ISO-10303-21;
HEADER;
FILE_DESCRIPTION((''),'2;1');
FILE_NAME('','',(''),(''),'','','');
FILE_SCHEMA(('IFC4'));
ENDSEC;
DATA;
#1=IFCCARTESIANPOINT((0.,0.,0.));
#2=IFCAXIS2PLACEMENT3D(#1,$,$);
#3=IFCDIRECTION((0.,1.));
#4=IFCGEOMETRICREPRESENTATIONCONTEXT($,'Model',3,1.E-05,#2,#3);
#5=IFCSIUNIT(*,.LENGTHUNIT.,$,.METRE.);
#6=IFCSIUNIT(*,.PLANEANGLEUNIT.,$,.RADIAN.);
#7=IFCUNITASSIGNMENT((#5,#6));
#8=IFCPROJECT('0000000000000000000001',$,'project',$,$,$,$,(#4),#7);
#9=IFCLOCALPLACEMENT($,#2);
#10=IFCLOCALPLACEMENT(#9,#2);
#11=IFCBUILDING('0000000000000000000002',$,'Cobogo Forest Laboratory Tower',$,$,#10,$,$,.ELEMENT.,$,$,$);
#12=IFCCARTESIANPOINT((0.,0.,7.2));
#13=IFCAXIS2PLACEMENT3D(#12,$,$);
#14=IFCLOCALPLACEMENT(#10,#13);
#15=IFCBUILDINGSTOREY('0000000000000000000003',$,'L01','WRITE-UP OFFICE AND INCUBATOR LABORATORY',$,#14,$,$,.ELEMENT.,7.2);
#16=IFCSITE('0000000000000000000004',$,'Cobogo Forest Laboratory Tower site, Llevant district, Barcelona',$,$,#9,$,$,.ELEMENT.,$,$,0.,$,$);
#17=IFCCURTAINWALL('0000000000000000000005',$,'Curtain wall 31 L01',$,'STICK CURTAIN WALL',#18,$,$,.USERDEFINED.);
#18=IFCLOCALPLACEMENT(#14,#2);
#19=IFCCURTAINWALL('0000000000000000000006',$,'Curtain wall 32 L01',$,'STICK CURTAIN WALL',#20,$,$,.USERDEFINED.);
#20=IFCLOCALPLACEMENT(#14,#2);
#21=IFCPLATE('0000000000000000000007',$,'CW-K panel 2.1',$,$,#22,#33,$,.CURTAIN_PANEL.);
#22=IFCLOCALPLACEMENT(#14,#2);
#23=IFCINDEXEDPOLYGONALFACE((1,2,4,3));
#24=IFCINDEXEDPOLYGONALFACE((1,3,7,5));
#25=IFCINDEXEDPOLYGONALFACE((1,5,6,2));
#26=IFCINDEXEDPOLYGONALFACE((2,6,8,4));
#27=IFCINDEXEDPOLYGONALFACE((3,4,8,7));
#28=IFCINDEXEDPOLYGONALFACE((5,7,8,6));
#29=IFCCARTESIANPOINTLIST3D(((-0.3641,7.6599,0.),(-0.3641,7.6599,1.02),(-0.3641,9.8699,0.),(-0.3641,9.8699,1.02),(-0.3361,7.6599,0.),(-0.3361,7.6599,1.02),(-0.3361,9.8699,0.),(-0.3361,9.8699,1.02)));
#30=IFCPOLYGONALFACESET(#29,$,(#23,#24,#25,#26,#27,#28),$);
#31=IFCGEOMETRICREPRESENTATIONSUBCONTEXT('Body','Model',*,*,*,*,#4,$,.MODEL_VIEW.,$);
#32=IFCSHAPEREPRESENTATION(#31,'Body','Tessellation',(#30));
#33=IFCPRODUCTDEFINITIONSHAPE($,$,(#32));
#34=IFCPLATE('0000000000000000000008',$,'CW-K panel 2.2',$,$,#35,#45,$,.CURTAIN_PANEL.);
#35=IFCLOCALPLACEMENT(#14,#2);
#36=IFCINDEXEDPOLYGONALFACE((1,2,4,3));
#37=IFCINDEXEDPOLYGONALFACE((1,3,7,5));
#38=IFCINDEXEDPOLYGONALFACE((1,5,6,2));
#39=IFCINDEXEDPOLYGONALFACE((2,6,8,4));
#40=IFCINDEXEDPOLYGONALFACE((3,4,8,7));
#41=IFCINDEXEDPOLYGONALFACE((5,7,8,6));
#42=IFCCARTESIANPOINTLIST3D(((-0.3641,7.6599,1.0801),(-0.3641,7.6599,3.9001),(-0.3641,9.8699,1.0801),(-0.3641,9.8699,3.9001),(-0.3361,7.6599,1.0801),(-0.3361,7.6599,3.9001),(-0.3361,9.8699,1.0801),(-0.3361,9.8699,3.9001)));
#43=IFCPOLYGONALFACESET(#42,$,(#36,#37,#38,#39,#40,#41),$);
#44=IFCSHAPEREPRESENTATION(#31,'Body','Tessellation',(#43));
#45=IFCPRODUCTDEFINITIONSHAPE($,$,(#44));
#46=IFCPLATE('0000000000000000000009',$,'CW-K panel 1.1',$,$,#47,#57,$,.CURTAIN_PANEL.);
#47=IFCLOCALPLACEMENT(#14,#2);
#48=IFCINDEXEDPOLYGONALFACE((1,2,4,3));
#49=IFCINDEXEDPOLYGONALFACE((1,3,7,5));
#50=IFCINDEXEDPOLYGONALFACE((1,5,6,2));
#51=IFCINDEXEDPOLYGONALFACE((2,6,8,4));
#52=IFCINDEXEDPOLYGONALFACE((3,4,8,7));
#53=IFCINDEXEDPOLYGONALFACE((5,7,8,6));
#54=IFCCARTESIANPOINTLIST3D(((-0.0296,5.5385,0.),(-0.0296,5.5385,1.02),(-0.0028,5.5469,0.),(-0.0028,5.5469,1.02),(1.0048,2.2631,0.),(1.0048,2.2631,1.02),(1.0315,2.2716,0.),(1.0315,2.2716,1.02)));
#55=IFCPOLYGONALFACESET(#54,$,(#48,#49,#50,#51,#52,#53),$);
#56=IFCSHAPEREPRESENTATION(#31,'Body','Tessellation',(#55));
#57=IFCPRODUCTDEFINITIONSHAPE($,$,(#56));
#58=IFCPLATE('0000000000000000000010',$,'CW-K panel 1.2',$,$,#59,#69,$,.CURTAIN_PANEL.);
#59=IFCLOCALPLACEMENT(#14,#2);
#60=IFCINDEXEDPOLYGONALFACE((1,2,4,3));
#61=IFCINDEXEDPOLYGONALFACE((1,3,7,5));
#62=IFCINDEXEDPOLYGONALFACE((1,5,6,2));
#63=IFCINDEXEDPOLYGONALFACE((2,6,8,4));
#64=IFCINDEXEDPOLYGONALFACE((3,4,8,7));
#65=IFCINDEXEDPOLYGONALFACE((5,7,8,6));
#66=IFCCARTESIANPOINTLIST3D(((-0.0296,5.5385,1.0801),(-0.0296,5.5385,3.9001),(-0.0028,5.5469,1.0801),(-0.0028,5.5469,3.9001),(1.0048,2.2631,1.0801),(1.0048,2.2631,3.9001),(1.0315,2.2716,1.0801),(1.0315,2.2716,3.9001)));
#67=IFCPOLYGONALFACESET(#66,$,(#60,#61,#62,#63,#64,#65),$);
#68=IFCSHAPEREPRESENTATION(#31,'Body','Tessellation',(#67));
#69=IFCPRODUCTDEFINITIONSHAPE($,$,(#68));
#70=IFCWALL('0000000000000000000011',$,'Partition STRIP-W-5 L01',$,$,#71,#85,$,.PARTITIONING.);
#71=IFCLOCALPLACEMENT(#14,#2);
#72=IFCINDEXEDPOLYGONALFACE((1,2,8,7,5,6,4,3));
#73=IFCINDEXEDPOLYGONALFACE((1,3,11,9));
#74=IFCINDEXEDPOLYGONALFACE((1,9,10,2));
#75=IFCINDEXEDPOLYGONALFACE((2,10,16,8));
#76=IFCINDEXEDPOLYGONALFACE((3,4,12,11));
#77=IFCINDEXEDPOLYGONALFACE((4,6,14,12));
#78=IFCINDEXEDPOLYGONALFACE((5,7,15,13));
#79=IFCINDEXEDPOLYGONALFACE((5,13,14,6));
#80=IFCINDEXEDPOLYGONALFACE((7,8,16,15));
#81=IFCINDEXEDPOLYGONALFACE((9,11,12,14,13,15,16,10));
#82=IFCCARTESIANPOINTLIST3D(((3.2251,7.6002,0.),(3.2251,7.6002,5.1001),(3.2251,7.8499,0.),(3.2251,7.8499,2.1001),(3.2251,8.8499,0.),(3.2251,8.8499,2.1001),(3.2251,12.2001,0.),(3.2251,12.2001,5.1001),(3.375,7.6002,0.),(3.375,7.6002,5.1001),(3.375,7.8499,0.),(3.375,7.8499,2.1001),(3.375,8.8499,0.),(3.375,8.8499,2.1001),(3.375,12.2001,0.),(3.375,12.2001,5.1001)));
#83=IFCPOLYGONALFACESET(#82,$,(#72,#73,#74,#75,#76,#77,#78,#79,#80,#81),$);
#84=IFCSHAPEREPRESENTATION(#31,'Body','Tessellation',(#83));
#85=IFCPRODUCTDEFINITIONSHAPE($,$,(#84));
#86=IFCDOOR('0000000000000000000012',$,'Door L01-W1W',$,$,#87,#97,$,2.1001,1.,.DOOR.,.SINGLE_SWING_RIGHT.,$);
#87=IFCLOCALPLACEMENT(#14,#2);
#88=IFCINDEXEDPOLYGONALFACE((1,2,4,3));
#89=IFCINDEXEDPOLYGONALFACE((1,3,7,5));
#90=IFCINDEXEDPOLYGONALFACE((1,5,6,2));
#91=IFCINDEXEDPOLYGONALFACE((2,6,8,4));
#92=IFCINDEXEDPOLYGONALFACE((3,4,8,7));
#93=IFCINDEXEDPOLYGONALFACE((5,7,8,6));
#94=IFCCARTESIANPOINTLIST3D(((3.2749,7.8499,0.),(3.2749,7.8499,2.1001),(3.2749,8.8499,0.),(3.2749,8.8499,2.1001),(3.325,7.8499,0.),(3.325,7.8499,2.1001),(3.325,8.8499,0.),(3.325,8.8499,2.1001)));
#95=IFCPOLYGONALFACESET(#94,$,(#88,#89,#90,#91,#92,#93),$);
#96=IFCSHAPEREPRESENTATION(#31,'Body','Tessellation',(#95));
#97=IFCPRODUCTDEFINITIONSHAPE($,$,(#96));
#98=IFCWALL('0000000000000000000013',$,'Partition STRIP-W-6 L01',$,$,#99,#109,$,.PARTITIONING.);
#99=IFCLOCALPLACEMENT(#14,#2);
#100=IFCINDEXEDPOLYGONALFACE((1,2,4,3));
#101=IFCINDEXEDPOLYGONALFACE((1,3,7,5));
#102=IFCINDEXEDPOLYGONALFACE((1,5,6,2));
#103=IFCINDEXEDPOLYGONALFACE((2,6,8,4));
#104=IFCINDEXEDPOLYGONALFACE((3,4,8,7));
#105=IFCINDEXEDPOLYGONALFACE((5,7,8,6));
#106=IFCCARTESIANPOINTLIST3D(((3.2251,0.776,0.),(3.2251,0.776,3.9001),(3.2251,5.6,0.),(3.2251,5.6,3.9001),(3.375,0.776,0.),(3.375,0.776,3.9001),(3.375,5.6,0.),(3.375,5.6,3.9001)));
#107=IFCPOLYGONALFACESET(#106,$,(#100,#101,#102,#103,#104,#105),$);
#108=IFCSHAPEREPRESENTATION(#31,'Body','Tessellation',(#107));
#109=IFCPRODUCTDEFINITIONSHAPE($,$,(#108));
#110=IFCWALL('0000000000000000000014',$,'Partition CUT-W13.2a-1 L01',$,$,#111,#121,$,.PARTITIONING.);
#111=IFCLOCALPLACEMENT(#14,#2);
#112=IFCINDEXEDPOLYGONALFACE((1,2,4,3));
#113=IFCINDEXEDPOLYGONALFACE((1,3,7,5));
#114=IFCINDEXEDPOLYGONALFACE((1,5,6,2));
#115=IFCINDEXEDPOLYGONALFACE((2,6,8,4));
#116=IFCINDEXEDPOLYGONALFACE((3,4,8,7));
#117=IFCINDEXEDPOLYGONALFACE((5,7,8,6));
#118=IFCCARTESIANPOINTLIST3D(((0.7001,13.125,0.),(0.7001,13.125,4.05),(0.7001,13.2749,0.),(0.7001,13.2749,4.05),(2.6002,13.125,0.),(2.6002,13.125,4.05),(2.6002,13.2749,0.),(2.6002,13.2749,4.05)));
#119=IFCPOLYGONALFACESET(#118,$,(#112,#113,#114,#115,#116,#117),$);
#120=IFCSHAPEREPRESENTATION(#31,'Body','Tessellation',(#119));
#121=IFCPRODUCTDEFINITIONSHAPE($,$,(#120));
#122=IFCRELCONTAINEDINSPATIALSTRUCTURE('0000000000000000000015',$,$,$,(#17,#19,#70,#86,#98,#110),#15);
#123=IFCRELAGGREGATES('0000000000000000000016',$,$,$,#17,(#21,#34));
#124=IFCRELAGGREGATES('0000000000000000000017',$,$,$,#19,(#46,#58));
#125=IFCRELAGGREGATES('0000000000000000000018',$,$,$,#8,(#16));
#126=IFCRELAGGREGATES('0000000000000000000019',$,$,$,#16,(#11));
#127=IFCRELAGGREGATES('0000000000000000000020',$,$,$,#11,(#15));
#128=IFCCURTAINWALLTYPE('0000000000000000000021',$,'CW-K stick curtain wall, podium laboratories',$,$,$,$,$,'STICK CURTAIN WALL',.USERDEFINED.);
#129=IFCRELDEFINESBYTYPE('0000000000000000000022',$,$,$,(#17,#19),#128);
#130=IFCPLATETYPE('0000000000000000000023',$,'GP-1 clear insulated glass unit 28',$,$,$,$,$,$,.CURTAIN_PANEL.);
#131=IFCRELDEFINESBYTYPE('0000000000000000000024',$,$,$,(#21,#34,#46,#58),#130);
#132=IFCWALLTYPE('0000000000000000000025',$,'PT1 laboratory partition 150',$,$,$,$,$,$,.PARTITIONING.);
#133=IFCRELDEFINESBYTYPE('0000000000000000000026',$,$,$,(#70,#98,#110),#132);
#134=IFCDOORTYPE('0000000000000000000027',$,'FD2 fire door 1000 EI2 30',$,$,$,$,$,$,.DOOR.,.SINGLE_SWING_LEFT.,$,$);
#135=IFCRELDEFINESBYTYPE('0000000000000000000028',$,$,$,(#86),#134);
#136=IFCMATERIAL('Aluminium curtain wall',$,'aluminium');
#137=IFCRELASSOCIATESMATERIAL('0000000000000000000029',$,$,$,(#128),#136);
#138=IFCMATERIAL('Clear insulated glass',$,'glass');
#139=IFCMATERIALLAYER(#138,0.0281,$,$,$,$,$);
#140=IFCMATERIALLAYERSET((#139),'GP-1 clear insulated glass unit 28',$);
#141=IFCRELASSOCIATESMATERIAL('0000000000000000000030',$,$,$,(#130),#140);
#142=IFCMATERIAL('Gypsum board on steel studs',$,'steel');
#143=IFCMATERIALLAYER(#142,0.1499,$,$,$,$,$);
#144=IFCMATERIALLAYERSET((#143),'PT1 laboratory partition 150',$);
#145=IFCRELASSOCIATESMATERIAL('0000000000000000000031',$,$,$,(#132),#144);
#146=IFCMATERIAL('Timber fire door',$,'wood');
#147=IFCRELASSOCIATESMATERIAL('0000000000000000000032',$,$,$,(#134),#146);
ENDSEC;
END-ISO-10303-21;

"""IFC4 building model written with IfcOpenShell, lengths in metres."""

from ifc_helpers import new_model, si_unit, direction, frame, frame_2d, origin, origin_2d, place, context, subcontext, project, spatial, rectangle, extrude, material, layer, layer_set, type_object, element, fill, aggregate, save


model = new_model("IFC4")

# Units and contexts
model_context = context("Model", 3, precision=1e-05, world=origin(), true_north=direction((0.0, 1.0)))
body_context = subcontext(model_context, "Body", "Model", "MODEL_VIEW")
ifc_project = project(units=[si_unit("LENGTHUNIT", "METRE"), si_unit("PLANEANGLEUNIT", "RADIAN")], contexts=[model_context])

# Site, building, storey
site_placement = place(None, origin())
site = spatial("IfcSite", under=ifc_project, at=site_placement, Name="Cobogo Forest Laboratory Tower site, Llevant district, Barcelona", CompositionType="ELEMENT", RefElevation=0.0)
building_placement = place(site_placement, origin())
building = spatial("IfcBuilding", under=site, at=building_placement, Name="Cobogo Forest Laboratory Tower", CompositionType="ELEMENT")
storey_placement = place(building_placement, frame((0.0, 0.0, 7.2)))
storey = spatial("IfcBuildingStorey", under=building, at=storey_placement, Name="L01", Description="WRITE-UP OFFICE AND INCUBATOR LABORATORY", CompositionType="ELEMENT", Elevation=7.2)

# Curtain walls
ifc_material_1 = material(Name="Aluminium curtain wall", Category="aluminium")
curtain_wall_type = type_object("IfcCurtainWallType", Name="CW-K stick curtain wall, podium laboratories", ElementType="STICK CURTAIN WALL", PredefinedType="USERDEFINED", material=ifc_material_1)
curtain_wall_1_placement = place(storey_placement, origin())
curtain_wall_1 = element("IfcCurtainWall", 1, at=curtain_wall_1_placement, inside=storey, type_object=curtain_wall_type, Name="Curtain wall 31 L01", ObjectType="STICK CURTAIN WALL", PredefinedType="USERDEFINED")
curtain_wall_2_placement = place(storey_placement, origin())
curtain_wall_2 = element("IfcCurtainWall", 2, at=curtain_wall_2_placement, inside=storey, type_object=curtain_wall_type, Name="Curtain wall 32 L01", ObjectType="STICK CURTAIN WALL", PredefinedType="USERDEFINED")

# Plates
ifc_material_2 = material(Name="Clear insulated glass", Category="glass")
ifc_layer_1 = layer(ifc_material_2, 0.0281)
ifc_layer_set_1 = layer_set([ifc_layer_1], Name="GP-1 clear insulated glass unit 28")
plate_type_1 = type_object("IfcPlateType", Name="GP-1 clear insulated glass unit 28", PredefinedType="CURTAIN_PANEL", material=ifc_layer_set_1)
plate_1_placement = place(storey_placement, frame((-0.3501, 8.7649, 0.0), z_axis=(0.0, 0.0, 1.0), x_axis=(0.0, -1.0, 0.0)))
plate_1 = element("IfcPlate", 3, at=plate_1_placement, type_object=plate_type_1, Name="CW-K panel 2.1", PredefinedType="CURTAIN_PANEL", context=body_context, shape_type="SweptSolid", body=[
    extrude(rectangle(XDim=2.21, YDim=0.0281, at=origin_2d()), origin(), (0.0, 0.0, 1.0), 1.02),
])
plate_2_placement = place(storey_placement, frame((-0.3501, 8.7649, 1.0801), z_axis=(0.0, 0.0, 1.0), x_axis=(0.0, -1.0, 0.0)))
plate_2 = element("IfcPlate", 4, at=plate_2_placement, type_object=plate_type_1, Name="CW-K panel 2.2", PredefinedType="CURTAIN_PANEL", context=body_context, shape_type="SweptSolid", body=[
    extrude(rectangle(XDim=2.21, YDim=0.0281, at=origin_2d()), origin(), (0.0, 0.0, 1.0), 2.8201),
])
aggregate(curtain_wall_1, [plate_1, plate_2])
plate_3_placement = place(storey_placement, frame((0.501, 3.905, 0.0), z_axis=(0.0, 0.0, 1.0), x_axis=(0.301135, -0.953581, 0.0)))
plate_3 = element("IfcPlate", 5, at=plate_3_placement, type_object=plate_type_1, Name="CW-K panel 1.1", PredefinedType="CURTAIN_PANEL", context=body_context, shape_type="SweptSolid", body=[
    extrude(rectangle(XDim=3.4348, YDim=0.0281, at=origin_2d()), origin(), (0.0, 0.0, 1.0), 1.02),
])
plate_4_placement = place(storey_placement, frame((0.501, 3.905, 1.0801), z_axis=(0.0, 0.0, 1.0), x_axis=(0.301135, -0.953581, 0.0)))
plate_4 = element("IfcPlate", 6, at=plate_4_placement, type_object=plate_type_1, Name="CW-K panel 1.2", PredefinedType="CURTAIN_PANEL", context=body_context, shape_type="SweptSolid", body=[
    extrude(rectangle(XDim=3.4348, YDim=0.0281, at=origin_2d()), origin(), (0.0, 0.0, 1.0), 2.8201),
])
aggregate(curtain_wall_2, [plate_3, plate_4])

# Wall, opening, door
ifc_material_3 = material(Name="Gypsum board on steel studs", Category="steel")
ifc_layer_2 = layer(ifc_material_3, 0.1499)
ifc_layer_set_2 = layer_set([ifc_layer_2], Name="PT1 laboratory partition 150")
wall_type = type_object("IfcWallType", Name="PT1 laboratory partition 150", PredefinedType="PARTITIONING", material=ifc_layer_set_2)
wall_1_placement = place(storey_placement, frame((3.3, 12.2, 0.0), z_axis=(0.0, 0.0, 1.0), x_axis=(0.0, -1.0, 0.0)))
wall_1 = element("IfcWall", 7, at=wall_1_placement, inside=storey, type_object=wall_type, Name="Partition STRIP-W-5 L01", PredefinedType="PARTITIONING", context=body_context, shape_type="SweptSolid", body=[
    extrude(rectangle(XDim=4.5999, YDim=0.1499, at=frame_2d((2.2998, 0.0))), origin(), (0.0, 0.0, 1.0), 5.1001),
])
opening_placement = place(wall_1_placement, frame((3.3501, 0.0, 0.0)))
opening = element("IfcOpeningElement", 8, at=opening_placement, cuts=wall_1, PredefinedType="OPENING", context=body_context, shape_type="SweptSolid", body=[
    extrude(rectangle(XDim=1.0, YDim=2.1001, at=frame_2d((0.5, 1.05))), frame((0.0, 0.085, 0.0), z_axis=(0.0, -1.0, 0.0), x_axis=(1.0, 0.0, 0.0)), (0.0, 0.0, 1.0), 0.1699),
])
ifc_material_4 = material(Name="Timber fire door", Category="wood")
door_type = type_object("IfcDoorType", Name="FD2 fire door 1000 EI2 30", OperationType="SINGLE_SWING_LEFT", PredefinedType="DOOR", material=ifc_material_4)
door_placement = place(opening_placement, origin())
door = element("IfcDoor", 9, at=door_placement, inside=storey, type_object=door_type, Name="Door L01-W1W", OperationType="SINGLE_SWING_RIGHT", OverallHeight=2.1001, OverallWidth=1.0, PredefinedType="DOOR", context=body_context, shape_type="SweptSolid", body=[
    extrude(rectangle(XDim=1.0, YDim=2.1001, at=frame_2d((0.5, 1.05))), frame((0.0, 0.0249, 0.0), z_axis=(0.0, -1.0, 0.0), x_axis=(1.0, 0.0, 0.0)), (0.0, 0.0, 1.0), 0.05),
])
fill(opening, door)

# Walls
wall_2_placement = place(storey_placement, frame((3.3, 5.6001, 0.0), z_axis=(0.0, 0.0, 1.0), x_axis=(0.0, -1.0, 0.0)))
element("IfcWall", 10, at=wall_2_placement, inside=storey, type_object=wall_type, Name="Partition STRIP-W-6 L01", PredefinedType="PARTITIONING", context=body_context, shape_type="SweptSolid", body=[
    extrude(rectangle(XDim=4.824, YDim=0.1499, at=frame_2d((2.4121, 0.0))), origin(), (0.0, 0.0, 1.0), 3.9001),
])
wall_3_placement = place(storey_placement, frame((0.7, 13.2, 0.0), z_axis=(0.0, 0.0, 1.0), x_axis=(1.0, 0.0, 0.0)))
element("IfcWall", 11, at=wall_3_placement, inside=storey, type_object=wall_type, Name="Partition CUT-W13.2a-1 L01", PredefinedType="PARTITIONING", context=body_context, shape_type="SweptSolid", body=[
    extrude(rectangle(XDim=1.9001, YDim=0.1499, at=frame_2d((0.9502, 0.0))), origin(), (0.0, 0.0, 1.0), 4.05),
])

save(model, "model.ifc")
